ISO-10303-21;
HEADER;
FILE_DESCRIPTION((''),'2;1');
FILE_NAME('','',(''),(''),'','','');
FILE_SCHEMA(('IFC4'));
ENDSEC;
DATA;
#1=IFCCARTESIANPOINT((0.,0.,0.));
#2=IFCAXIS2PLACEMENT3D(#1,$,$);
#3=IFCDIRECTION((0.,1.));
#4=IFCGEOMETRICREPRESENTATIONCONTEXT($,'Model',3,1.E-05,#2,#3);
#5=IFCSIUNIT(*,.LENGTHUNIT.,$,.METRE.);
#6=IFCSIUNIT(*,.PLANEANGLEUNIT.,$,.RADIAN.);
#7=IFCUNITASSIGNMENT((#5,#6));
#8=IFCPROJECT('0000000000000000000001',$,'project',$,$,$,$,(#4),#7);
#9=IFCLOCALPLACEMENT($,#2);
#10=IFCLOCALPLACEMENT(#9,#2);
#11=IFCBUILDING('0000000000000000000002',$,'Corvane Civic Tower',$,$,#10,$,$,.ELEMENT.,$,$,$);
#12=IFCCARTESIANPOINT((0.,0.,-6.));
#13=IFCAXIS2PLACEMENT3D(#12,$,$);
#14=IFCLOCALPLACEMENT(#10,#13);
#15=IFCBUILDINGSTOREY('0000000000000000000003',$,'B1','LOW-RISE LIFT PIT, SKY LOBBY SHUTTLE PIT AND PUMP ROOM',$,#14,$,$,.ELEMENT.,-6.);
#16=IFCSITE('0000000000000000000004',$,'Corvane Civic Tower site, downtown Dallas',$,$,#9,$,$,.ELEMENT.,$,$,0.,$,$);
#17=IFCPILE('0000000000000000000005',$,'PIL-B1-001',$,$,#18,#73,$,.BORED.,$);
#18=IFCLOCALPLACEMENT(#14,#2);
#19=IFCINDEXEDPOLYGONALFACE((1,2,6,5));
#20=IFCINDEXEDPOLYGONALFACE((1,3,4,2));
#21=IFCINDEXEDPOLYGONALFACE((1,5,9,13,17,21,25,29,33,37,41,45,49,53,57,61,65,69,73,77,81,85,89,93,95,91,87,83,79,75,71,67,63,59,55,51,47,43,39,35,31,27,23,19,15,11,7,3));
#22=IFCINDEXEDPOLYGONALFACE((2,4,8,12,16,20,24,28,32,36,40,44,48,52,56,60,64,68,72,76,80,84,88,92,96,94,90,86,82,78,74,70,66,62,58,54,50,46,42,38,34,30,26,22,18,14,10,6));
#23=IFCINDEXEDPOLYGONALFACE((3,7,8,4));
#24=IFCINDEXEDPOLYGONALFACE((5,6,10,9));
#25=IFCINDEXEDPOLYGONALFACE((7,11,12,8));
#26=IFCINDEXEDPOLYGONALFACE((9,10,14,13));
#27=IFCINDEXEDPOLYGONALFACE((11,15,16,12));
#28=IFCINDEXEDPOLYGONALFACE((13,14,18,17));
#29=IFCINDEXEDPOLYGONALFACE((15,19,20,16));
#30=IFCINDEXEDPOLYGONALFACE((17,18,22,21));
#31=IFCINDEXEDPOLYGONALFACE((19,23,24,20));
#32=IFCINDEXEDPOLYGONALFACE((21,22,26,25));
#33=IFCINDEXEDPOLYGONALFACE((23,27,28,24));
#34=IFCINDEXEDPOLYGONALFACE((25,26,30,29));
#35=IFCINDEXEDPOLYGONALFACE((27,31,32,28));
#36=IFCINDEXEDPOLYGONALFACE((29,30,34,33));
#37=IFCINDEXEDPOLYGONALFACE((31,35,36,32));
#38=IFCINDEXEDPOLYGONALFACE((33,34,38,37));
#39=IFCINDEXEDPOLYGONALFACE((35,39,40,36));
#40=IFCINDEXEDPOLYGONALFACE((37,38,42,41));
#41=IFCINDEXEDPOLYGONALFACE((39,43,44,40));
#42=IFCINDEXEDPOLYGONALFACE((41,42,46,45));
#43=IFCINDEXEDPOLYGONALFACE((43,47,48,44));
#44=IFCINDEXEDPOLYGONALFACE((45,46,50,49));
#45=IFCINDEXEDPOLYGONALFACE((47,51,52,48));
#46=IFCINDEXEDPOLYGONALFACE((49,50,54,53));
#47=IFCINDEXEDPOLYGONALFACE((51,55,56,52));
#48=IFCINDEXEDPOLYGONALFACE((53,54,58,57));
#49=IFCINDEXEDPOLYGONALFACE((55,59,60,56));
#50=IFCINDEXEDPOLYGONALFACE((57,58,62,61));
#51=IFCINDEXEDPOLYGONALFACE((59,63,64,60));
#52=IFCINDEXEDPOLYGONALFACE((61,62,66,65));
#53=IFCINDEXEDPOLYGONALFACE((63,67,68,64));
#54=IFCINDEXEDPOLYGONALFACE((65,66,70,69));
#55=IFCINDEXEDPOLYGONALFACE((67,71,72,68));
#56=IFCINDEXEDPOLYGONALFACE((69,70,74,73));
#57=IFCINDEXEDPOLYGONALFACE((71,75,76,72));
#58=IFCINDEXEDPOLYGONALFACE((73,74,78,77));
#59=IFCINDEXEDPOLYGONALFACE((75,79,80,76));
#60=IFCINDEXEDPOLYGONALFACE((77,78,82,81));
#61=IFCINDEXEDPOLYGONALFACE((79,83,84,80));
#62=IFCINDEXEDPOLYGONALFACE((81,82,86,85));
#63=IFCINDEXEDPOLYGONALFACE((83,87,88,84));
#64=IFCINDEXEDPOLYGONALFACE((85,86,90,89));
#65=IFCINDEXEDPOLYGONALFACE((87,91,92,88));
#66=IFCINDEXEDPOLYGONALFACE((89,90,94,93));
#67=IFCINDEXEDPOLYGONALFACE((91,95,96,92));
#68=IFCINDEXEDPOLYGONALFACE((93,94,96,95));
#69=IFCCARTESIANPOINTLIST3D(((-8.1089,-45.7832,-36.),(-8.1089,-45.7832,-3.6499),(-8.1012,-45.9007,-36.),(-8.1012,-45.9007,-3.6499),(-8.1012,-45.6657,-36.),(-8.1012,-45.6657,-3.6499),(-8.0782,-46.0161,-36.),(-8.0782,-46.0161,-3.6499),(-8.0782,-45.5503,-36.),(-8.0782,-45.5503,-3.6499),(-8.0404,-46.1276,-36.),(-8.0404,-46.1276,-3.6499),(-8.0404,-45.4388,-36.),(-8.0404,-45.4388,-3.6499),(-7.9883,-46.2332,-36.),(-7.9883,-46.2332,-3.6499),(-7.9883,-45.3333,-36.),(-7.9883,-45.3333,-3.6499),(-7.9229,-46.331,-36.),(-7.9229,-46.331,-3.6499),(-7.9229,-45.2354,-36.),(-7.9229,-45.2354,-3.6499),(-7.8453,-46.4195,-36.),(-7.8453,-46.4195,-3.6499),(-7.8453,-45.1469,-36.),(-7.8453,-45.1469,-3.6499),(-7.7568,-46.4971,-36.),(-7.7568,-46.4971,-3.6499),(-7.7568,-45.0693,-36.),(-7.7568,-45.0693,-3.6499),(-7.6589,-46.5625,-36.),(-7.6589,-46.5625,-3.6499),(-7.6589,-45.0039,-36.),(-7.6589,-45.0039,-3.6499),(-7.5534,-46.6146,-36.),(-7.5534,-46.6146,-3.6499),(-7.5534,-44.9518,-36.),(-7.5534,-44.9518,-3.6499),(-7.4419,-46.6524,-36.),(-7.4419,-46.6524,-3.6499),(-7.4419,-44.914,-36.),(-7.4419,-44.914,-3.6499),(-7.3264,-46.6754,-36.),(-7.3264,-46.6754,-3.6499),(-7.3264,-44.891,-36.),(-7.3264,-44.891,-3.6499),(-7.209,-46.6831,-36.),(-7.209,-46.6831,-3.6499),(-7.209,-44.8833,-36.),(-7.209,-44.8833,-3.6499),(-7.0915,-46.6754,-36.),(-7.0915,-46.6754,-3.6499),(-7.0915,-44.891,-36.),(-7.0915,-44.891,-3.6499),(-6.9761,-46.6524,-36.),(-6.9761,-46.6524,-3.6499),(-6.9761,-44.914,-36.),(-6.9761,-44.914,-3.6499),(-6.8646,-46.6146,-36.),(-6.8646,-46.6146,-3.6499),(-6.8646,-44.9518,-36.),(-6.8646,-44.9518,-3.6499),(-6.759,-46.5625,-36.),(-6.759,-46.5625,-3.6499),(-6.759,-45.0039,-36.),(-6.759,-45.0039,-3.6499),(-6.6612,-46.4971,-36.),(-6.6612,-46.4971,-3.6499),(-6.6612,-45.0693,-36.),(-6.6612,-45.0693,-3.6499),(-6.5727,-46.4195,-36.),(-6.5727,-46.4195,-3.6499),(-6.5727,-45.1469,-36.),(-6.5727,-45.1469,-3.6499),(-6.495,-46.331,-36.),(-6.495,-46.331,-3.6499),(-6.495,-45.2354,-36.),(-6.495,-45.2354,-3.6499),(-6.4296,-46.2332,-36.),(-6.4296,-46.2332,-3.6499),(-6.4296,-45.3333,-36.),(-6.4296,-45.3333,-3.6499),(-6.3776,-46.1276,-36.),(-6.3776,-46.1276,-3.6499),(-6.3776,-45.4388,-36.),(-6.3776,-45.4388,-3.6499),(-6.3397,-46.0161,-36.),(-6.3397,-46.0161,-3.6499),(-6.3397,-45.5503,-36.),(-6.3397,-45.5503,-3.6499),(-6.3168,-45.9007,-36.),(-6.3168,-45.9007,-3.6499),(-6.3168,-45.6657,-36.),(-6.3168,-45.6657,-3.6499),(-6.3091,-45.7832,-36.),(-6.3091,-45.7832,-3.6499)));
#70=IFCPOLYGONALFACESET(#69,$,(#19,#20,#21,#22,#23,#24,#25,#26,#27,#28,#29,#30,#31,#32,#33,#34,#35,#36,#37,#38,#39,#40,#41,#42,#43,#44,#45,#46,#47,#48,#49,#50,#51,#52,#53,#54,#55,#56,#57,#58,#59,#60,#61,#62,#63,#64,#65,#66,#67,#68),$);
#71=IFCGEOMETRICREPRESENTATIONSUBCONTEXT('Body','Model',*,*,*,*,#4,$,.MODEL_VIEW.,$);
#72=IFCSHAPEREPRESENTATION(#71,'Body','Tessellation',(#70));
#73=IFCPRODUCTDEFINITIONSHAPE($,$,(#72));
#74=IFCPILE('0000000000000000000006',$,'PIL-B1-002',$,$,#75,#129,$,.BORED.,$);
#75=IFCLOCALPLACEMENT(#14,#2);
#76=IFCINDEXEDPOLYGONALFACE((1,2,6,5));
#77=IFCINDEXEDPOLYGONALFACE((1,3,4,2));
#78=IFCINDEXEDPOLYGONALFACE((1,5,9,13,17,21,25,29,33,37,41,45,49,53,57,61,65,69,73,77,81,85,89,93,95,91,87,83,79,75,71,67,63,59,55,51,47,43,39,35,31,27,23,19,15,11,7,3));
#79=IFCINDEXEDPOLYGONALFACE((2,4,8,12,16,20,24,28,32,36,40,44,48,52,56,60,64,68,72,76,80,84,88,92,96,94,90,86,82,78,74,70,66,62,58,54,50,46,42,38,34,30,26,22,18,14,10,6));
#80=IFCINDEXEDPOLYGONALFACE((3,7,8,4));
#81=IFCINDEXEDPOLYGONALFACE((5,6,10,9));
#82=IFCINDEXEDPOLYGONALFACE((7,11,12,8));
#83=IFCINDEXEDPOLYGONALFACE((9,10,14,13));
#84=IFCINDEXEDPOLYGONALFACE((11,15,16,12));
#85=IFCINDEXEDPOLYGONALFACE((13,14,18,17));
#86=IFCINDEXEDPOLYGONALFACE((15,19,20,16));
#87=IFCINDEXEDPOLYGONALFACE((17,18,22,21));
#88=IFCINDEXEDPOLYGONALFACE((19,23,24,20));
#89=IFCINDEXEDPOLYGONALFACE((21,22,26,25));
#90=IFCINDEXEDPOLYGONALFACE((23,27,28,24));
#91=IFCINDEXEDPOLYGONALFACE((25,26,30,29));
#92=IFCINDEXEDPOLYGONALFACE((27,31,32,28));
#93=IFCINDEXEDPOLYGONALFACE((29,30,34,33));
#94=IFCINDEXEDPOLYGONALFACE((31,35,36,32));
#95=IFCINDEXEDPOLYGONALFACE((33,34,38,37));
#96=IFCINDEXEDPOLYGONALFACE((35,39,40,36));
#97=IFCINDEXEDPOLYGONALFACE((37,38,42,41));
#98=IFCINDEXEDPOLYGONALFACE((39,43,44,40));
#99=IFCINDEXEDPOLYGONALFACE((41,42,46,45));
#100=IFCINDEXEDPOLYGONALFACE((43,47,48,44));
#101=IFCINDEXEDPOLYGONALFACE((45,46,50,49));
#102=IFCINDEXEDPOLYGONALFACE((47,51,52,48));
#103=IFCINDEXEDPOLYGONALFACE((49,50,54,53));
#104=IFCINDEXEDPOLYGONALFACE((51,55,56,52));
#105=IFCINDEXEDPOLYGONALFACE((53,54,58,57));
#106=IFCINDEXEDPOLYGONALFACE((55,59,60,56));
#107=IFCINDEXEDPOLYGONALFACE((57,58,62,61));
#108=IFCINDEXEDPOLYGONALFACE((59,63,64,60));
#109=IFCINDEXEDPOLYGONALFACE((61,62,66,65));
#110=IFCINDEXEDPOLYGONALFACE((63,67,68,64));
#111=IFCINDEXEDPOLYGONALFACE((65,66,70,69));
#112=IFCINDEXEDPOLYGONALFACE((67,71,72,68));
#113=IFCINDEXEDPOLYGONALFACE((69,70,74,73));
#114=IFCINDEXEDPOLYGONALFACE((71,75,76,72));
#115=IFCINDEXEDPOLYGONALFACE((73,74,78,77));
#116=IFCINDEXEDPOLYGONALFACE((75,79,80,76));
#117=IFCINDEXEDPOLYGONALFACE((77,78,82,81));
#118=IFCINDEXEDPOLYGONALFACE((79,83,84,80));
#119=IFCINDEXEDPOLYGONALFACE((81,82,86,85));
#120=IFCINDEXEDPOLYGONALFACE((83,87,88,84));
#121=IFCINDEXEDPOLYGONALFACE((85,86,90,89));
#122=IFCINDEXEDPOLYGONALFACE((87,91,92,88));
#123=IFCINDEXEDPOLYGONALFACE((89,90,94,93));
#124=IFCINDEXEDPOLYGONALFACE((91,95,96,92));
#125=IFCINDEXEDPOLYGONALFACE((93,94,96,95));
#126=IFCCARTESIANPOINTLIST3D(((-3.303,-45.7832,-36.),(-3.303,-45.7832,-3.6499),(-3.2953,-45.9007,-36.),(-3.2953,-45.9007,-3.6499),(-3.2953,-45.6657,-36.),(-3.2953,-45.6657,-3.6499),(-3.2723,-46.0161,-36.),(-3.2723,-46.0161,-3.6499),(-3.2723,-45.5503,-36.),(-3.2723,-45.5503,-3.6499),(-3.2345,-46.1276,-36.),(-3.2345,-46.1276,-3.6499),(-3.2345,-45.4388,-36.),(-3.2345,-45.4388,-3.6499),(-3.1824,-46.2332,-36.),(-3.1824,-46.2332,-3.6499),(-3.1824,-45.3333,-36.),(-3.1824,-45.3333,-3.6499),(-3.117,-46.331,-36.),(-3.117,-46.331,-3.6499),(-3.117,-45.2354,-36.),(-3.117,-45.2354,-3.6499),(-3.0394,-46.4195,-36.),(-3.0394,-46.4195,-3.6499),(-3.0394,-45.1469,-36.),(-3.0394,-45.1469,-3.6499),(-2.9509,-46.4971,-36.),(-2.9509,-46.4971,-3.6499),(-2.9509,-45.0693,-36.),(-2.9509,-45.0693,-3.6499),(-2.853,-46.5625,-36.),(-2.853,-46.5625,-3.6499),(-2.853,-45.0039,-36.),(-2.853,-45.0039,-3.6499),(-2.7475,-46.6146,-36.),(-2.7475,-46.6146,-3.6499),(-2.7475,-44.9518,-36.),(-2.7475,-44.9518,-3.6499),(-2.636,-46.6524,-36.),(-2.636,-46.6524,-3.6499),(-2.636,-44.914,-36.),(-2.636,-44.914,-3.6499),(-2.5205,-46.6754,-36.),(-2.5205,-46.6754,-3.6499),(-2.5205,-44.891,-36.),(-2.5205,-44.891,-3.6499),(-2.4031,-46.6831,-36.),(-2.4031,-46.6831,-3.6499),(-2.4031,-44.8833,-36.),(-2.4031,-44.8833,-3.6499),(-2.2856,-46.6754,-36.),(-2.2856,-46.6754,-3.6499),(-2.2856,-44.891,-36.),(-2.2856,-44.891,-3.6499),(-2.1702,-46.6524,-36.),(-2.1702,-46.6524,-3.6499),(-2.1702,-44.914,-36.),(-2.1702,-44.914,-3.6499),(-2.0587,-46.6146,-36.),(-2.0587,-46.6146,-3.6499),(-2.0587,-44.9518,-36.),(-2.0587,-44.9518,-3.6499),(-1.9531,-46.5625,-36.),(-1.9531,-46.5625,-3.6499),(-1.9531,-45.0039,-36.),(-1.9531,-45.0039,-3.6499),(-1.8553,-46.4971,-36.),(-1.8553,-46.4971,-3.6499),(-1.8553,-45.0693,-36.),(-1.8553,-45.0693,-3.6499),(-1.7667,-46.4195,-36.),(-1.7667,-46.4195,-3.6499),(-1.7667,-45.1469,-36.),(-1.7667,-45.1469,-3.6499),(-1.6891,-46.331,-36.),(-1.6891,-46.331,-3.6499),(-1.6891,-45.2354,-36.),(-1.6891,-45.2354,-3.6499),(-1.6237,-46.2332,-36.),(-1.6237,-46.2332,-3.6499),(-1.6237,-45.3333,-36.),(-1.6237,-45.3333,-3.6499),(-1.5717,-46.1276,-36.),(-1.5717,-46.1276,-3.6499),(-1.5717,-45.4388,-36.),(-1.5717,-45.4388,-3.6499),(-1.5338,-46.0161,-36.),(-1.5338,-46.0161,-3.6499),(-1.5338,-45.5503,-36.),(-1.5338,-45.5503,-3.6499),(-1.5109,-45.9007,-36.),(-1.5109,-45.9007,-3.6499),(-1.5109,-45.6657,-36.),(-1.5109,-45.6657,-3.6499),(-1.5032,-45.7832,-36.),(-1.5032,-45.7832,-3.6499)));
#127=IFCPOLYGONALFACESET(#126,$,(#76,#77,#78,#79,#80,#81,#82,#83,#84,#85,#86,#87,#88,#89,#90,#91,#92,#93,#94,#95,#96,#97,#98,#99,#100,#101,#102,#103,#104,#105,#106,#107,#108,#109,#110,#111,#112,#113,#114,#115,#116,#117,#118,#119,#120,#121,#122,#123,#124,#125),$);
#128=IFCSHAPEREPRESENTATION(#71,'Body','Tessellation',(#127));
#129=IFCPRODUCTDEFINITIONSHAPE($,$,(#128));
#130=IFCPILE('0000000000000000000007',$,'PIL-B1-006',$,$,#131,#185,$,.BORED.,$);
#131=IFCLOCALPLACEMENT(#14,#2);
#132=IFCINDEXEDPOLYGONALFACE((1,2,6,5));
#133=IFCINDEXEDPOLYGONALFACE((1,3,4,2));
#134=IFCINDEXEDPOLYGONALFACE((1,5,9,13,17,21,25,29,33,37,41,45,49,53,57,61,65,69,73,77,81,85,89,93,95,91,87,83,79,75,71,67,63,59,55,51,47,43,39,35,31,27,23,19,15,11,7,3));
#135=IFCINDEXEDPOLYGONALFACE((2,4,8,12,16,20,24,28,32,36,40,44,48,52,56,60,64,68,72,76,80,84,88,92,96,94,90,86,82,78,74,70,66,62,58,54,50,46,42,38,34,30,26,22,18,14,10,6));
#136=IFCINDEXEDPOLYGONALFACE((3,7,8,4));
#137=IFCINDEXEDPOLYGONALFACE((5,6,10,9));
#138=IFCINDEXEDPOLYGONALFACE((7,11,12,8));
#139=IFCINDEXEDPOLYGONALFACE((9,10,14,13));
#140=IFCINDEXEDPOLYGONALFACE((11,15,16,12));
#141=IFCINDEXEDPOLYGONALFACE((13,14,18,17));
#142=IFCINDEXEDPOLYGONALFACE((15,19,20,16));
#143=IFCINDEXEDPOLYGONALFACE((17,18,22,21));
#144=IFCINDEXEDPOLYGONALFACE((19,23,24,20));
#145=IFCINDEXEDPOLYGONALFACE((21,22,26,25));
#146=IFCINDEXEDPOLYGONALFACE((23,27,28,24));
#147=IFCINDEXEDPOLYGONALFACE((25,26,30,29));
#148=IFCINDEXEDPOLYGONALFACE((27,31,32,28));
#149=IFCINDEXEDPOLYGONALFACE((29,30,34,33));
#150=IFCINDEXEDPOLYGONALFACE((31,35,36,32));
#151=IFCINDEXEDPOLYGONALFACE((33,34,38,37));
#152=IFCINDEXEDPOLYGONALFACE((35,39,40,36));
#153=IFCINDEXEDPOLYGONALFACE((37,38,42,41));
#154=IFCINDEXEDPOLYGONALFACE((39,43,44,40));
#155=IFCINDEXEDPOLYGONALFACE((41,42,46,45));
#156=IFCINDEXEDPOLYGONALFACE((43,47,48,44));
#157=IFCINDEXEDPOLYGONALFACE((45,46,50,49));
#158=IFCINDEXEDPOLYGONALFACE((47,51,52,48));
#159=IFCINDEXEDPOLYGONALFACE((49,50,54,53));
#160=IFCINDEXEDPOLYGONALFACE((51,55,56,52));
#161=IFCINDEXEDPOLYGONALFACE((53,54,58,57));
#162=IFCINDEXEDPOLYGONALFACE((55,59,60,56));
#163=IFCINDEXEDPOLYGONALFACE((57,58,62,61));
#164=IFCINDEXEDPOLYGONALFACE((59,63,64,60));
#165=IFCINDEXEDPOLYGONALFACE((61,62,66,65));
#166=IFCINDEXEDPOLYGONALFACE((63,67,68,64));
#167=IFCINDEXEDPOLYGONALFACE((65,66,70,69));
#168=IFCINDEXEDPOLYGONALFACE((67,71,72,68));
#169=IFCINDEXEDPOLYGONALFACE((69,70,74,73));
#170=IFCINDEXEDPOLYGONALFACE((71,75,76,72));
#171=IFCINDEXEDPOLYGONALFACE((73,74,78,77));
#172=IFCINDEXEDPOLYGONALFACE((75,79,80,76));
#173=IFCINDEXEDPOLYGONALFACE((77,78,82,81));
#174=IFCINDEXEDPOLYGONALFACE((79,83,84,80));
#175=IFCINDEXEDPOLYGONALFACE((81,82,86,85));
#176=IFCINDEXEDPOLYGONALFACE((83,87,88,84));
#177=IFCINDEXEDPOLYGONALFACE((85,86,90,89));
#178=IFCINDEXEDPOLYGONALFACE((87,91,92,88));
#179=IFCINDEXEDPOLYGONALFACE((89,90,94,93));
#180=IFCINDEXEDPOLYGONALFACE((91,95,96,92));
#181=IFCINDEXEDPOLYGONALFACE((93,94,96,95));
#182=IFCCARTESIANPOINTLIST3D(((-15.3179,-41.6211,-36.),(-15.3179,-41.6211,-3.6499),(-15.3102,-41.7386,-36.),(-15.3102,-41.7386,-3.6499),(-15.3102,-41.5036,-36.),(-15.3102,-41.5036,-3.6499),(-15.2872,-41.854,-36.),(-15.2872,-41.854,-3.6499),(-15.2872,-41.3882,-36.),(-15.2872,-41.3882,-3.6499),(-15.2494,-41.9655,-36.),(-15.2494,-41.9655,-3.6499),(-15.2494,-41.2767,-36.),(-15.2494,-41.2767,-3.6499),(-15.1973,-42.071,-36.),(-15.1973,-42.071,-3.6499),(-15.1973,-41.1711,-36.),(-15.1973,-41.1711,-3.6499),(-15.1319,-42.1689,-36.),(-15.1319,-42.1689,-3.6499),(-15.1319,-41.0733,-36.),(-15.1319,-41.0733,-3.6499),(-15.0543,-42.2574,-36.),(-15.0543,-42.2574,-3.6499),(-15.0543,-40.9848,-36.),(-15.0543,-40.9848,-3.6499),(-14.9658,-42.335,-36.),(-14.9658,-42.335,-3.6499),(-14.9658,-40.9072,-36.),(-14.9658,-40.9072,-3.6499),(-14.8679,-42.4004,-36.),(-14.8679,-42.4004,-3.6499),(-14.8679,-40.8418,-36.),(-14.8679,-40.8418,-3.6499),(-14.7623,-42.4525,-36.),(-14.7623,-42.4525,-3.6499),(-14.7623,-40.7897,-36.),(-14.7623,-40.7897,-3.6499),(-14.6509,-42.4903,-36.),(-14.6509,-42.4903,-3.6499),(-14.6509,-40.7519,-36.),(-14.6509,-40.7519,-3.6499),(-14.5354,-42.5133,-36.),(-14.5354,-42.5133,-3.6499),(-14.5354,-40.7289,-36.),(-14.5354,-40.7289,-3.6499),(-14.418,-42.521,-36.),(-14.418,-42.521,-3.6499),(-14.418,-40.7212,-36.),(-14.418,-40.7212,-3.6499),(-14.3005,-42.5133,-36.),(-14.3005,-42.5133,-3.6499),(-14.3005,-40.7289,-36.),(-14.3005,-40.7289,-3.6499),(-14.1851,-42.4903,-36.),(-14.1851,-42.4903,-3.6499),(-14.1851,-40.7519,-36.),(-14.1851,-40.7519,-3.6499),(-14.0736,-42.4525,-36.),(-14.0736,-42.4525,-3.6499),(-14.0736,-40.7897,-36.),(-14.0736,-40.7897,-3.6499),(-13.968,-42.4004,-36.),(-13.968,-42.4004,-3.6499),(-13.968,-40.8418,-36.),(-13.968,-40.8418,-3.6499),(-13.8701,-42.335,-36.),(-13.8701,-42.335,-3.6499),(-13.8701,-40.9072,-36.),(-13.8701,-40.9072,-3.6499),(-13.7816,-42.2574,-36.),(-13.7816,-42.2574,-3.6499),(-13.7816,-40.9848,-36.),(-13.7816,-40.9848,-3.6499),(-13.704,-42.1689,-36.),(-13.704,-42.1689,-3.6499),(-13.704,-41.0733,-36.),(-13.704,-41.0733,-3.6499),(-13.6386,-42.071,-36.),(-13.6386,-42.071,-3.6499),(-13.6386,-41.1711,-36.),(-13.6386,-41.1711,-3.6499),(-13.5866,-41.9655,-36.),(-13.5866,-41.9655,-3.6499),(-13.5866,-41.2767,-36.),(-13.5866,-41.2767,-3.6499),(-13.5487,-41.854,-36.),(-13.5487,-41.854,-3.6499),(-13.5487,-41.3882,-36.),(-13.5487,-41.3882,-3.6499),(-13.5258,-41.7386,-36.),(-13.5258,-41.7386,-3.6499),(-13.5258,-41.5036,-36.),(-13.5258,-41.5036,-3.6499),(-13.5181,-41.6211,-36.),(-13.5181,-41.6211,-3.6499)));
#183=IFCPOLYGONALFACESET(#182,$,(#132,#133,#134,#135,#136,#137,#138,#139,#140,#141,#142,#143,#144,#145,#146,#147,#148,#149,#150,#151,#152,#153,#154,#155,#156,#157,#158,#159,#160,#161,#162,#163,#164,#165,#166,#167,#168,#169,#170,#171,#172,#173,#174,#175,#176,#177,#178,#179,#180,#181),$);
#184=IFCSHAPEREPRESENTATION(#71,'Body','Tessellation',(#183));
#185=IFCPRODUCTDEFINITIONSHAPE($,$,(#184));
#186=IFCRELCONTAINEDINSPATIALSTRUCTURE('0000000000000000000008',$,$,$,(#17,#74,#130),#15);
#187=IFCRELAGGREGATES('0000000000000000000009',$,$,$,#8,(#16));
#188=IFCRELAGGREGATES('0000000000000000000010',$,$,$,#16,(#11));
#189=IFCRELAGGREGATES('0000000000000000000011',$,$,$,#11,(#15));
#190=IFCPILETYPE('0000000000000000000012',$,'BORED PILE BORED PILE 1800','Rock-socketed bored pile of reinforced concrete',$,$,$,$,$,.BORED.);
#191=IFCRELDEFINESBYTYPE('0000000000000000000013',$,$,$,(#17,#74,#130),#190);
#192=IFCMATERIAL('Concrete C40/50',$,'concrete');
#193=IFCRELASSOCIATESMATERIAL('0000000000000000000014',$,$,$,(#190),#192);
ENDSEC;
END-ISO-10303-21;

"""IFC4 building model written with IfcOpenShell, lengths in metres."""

from ifc_helpers import new_model, si_unit, direction, frame, origin, origin_2d, place, context, subcontext, project, spatial, circle, extrude, material, material_profile, profile_set, type_object, element, save


model = new_model("IFC4")

# Units and contexts
model_context = context("Model", 3, precision=1e-05, world=origin(), true_north=direction((0.0, 1.0)))
body_context = subcontext(model_context, "Body", "Model", "MODEL_VIEW")
ifc_project = project(units=[si_unit("LENGTHUNIT", "METRE"), si_unit("PLANEANGLEUNIT", "RADIAN")], contexts=[model_context])

# Site, building, storey
site_placement = place(None, origin())
site = spatial("IfcSite", under=ifc_project, at=site_placement, Name="Corvane Civic Tower site, downtown Dallas", CompositionType="ELEMENT", RefElevation=0.0)
building_placement = place(site_placement, origin())
building = spatial("IfcBuilding", under=site, at=building_placement, Name="Corvane Civic Tower", CompositionType="ELEMENT")
storey_placement = place(building_placement, frame((0.0, 0.0, -6.0)))
storey = spatial("IfcBuildingStorey", under=building, at=storey_placement, Name="B1", Description="LOW-RISE LIFT PIT, SKY LOBBY SHUTTLE PIT AND PUMP ROOM", CompositionType="ELEMENT", Elevation=-6.0)

# Piles
ifc_material_1 = material(Name="Concrete C40/50", Category="concrete")
ifc_material_profile_1 = material_profile(ifc_material_1, circle(Radius=0.8999, at=origin_2d()), Name="BORED PILE 1800")
ifc_profile_set_1 = profile_set([ifc_material_profile_1], Name="Concrete C40/50")
pile_type_1 = type_object("IfcPileType", Name="BORED PILE BORED PILE 1800", Description="Rock-socketed bored pile of reinforced concrete", PredefinedType="BORED", material=ifc_profile_set_1)
for number, where, z_axis, x_axis, name in (
    (1, (-7.209, -45.7832, -3.6499), (0.0, 0.0, -1.0), (1.0, 0.0, 0.0), "PIL-B1-001"),
    (2, (-2.4031, -45.7832, -3.6499), (0.0, 0.0, -1.0), (1.0, 0.0, 0.0), "PIL-B1-002"),
    (3, (-14.418, -41.6211, -3.6499), (0.0, 0.0, -1.0), (1.0, 0.0, 0.0), "PIL-B1-006"),
):
    element("IfcPile", number, at=place(storey_placement, frame(where, z_axis=z_axis, x_axis=x_axis)), inside=storey, type_object=pile_type_1, Name=name, PredefinedType="BORED", context=body_context, shape_type="SweptSolid", body=[
        extrude(circle(Radius=0.8999, at=origin_2d()), origin(), (0.0, 0.0, 1.0), 32.3501),
    ])

save(model, "model.ifc")
